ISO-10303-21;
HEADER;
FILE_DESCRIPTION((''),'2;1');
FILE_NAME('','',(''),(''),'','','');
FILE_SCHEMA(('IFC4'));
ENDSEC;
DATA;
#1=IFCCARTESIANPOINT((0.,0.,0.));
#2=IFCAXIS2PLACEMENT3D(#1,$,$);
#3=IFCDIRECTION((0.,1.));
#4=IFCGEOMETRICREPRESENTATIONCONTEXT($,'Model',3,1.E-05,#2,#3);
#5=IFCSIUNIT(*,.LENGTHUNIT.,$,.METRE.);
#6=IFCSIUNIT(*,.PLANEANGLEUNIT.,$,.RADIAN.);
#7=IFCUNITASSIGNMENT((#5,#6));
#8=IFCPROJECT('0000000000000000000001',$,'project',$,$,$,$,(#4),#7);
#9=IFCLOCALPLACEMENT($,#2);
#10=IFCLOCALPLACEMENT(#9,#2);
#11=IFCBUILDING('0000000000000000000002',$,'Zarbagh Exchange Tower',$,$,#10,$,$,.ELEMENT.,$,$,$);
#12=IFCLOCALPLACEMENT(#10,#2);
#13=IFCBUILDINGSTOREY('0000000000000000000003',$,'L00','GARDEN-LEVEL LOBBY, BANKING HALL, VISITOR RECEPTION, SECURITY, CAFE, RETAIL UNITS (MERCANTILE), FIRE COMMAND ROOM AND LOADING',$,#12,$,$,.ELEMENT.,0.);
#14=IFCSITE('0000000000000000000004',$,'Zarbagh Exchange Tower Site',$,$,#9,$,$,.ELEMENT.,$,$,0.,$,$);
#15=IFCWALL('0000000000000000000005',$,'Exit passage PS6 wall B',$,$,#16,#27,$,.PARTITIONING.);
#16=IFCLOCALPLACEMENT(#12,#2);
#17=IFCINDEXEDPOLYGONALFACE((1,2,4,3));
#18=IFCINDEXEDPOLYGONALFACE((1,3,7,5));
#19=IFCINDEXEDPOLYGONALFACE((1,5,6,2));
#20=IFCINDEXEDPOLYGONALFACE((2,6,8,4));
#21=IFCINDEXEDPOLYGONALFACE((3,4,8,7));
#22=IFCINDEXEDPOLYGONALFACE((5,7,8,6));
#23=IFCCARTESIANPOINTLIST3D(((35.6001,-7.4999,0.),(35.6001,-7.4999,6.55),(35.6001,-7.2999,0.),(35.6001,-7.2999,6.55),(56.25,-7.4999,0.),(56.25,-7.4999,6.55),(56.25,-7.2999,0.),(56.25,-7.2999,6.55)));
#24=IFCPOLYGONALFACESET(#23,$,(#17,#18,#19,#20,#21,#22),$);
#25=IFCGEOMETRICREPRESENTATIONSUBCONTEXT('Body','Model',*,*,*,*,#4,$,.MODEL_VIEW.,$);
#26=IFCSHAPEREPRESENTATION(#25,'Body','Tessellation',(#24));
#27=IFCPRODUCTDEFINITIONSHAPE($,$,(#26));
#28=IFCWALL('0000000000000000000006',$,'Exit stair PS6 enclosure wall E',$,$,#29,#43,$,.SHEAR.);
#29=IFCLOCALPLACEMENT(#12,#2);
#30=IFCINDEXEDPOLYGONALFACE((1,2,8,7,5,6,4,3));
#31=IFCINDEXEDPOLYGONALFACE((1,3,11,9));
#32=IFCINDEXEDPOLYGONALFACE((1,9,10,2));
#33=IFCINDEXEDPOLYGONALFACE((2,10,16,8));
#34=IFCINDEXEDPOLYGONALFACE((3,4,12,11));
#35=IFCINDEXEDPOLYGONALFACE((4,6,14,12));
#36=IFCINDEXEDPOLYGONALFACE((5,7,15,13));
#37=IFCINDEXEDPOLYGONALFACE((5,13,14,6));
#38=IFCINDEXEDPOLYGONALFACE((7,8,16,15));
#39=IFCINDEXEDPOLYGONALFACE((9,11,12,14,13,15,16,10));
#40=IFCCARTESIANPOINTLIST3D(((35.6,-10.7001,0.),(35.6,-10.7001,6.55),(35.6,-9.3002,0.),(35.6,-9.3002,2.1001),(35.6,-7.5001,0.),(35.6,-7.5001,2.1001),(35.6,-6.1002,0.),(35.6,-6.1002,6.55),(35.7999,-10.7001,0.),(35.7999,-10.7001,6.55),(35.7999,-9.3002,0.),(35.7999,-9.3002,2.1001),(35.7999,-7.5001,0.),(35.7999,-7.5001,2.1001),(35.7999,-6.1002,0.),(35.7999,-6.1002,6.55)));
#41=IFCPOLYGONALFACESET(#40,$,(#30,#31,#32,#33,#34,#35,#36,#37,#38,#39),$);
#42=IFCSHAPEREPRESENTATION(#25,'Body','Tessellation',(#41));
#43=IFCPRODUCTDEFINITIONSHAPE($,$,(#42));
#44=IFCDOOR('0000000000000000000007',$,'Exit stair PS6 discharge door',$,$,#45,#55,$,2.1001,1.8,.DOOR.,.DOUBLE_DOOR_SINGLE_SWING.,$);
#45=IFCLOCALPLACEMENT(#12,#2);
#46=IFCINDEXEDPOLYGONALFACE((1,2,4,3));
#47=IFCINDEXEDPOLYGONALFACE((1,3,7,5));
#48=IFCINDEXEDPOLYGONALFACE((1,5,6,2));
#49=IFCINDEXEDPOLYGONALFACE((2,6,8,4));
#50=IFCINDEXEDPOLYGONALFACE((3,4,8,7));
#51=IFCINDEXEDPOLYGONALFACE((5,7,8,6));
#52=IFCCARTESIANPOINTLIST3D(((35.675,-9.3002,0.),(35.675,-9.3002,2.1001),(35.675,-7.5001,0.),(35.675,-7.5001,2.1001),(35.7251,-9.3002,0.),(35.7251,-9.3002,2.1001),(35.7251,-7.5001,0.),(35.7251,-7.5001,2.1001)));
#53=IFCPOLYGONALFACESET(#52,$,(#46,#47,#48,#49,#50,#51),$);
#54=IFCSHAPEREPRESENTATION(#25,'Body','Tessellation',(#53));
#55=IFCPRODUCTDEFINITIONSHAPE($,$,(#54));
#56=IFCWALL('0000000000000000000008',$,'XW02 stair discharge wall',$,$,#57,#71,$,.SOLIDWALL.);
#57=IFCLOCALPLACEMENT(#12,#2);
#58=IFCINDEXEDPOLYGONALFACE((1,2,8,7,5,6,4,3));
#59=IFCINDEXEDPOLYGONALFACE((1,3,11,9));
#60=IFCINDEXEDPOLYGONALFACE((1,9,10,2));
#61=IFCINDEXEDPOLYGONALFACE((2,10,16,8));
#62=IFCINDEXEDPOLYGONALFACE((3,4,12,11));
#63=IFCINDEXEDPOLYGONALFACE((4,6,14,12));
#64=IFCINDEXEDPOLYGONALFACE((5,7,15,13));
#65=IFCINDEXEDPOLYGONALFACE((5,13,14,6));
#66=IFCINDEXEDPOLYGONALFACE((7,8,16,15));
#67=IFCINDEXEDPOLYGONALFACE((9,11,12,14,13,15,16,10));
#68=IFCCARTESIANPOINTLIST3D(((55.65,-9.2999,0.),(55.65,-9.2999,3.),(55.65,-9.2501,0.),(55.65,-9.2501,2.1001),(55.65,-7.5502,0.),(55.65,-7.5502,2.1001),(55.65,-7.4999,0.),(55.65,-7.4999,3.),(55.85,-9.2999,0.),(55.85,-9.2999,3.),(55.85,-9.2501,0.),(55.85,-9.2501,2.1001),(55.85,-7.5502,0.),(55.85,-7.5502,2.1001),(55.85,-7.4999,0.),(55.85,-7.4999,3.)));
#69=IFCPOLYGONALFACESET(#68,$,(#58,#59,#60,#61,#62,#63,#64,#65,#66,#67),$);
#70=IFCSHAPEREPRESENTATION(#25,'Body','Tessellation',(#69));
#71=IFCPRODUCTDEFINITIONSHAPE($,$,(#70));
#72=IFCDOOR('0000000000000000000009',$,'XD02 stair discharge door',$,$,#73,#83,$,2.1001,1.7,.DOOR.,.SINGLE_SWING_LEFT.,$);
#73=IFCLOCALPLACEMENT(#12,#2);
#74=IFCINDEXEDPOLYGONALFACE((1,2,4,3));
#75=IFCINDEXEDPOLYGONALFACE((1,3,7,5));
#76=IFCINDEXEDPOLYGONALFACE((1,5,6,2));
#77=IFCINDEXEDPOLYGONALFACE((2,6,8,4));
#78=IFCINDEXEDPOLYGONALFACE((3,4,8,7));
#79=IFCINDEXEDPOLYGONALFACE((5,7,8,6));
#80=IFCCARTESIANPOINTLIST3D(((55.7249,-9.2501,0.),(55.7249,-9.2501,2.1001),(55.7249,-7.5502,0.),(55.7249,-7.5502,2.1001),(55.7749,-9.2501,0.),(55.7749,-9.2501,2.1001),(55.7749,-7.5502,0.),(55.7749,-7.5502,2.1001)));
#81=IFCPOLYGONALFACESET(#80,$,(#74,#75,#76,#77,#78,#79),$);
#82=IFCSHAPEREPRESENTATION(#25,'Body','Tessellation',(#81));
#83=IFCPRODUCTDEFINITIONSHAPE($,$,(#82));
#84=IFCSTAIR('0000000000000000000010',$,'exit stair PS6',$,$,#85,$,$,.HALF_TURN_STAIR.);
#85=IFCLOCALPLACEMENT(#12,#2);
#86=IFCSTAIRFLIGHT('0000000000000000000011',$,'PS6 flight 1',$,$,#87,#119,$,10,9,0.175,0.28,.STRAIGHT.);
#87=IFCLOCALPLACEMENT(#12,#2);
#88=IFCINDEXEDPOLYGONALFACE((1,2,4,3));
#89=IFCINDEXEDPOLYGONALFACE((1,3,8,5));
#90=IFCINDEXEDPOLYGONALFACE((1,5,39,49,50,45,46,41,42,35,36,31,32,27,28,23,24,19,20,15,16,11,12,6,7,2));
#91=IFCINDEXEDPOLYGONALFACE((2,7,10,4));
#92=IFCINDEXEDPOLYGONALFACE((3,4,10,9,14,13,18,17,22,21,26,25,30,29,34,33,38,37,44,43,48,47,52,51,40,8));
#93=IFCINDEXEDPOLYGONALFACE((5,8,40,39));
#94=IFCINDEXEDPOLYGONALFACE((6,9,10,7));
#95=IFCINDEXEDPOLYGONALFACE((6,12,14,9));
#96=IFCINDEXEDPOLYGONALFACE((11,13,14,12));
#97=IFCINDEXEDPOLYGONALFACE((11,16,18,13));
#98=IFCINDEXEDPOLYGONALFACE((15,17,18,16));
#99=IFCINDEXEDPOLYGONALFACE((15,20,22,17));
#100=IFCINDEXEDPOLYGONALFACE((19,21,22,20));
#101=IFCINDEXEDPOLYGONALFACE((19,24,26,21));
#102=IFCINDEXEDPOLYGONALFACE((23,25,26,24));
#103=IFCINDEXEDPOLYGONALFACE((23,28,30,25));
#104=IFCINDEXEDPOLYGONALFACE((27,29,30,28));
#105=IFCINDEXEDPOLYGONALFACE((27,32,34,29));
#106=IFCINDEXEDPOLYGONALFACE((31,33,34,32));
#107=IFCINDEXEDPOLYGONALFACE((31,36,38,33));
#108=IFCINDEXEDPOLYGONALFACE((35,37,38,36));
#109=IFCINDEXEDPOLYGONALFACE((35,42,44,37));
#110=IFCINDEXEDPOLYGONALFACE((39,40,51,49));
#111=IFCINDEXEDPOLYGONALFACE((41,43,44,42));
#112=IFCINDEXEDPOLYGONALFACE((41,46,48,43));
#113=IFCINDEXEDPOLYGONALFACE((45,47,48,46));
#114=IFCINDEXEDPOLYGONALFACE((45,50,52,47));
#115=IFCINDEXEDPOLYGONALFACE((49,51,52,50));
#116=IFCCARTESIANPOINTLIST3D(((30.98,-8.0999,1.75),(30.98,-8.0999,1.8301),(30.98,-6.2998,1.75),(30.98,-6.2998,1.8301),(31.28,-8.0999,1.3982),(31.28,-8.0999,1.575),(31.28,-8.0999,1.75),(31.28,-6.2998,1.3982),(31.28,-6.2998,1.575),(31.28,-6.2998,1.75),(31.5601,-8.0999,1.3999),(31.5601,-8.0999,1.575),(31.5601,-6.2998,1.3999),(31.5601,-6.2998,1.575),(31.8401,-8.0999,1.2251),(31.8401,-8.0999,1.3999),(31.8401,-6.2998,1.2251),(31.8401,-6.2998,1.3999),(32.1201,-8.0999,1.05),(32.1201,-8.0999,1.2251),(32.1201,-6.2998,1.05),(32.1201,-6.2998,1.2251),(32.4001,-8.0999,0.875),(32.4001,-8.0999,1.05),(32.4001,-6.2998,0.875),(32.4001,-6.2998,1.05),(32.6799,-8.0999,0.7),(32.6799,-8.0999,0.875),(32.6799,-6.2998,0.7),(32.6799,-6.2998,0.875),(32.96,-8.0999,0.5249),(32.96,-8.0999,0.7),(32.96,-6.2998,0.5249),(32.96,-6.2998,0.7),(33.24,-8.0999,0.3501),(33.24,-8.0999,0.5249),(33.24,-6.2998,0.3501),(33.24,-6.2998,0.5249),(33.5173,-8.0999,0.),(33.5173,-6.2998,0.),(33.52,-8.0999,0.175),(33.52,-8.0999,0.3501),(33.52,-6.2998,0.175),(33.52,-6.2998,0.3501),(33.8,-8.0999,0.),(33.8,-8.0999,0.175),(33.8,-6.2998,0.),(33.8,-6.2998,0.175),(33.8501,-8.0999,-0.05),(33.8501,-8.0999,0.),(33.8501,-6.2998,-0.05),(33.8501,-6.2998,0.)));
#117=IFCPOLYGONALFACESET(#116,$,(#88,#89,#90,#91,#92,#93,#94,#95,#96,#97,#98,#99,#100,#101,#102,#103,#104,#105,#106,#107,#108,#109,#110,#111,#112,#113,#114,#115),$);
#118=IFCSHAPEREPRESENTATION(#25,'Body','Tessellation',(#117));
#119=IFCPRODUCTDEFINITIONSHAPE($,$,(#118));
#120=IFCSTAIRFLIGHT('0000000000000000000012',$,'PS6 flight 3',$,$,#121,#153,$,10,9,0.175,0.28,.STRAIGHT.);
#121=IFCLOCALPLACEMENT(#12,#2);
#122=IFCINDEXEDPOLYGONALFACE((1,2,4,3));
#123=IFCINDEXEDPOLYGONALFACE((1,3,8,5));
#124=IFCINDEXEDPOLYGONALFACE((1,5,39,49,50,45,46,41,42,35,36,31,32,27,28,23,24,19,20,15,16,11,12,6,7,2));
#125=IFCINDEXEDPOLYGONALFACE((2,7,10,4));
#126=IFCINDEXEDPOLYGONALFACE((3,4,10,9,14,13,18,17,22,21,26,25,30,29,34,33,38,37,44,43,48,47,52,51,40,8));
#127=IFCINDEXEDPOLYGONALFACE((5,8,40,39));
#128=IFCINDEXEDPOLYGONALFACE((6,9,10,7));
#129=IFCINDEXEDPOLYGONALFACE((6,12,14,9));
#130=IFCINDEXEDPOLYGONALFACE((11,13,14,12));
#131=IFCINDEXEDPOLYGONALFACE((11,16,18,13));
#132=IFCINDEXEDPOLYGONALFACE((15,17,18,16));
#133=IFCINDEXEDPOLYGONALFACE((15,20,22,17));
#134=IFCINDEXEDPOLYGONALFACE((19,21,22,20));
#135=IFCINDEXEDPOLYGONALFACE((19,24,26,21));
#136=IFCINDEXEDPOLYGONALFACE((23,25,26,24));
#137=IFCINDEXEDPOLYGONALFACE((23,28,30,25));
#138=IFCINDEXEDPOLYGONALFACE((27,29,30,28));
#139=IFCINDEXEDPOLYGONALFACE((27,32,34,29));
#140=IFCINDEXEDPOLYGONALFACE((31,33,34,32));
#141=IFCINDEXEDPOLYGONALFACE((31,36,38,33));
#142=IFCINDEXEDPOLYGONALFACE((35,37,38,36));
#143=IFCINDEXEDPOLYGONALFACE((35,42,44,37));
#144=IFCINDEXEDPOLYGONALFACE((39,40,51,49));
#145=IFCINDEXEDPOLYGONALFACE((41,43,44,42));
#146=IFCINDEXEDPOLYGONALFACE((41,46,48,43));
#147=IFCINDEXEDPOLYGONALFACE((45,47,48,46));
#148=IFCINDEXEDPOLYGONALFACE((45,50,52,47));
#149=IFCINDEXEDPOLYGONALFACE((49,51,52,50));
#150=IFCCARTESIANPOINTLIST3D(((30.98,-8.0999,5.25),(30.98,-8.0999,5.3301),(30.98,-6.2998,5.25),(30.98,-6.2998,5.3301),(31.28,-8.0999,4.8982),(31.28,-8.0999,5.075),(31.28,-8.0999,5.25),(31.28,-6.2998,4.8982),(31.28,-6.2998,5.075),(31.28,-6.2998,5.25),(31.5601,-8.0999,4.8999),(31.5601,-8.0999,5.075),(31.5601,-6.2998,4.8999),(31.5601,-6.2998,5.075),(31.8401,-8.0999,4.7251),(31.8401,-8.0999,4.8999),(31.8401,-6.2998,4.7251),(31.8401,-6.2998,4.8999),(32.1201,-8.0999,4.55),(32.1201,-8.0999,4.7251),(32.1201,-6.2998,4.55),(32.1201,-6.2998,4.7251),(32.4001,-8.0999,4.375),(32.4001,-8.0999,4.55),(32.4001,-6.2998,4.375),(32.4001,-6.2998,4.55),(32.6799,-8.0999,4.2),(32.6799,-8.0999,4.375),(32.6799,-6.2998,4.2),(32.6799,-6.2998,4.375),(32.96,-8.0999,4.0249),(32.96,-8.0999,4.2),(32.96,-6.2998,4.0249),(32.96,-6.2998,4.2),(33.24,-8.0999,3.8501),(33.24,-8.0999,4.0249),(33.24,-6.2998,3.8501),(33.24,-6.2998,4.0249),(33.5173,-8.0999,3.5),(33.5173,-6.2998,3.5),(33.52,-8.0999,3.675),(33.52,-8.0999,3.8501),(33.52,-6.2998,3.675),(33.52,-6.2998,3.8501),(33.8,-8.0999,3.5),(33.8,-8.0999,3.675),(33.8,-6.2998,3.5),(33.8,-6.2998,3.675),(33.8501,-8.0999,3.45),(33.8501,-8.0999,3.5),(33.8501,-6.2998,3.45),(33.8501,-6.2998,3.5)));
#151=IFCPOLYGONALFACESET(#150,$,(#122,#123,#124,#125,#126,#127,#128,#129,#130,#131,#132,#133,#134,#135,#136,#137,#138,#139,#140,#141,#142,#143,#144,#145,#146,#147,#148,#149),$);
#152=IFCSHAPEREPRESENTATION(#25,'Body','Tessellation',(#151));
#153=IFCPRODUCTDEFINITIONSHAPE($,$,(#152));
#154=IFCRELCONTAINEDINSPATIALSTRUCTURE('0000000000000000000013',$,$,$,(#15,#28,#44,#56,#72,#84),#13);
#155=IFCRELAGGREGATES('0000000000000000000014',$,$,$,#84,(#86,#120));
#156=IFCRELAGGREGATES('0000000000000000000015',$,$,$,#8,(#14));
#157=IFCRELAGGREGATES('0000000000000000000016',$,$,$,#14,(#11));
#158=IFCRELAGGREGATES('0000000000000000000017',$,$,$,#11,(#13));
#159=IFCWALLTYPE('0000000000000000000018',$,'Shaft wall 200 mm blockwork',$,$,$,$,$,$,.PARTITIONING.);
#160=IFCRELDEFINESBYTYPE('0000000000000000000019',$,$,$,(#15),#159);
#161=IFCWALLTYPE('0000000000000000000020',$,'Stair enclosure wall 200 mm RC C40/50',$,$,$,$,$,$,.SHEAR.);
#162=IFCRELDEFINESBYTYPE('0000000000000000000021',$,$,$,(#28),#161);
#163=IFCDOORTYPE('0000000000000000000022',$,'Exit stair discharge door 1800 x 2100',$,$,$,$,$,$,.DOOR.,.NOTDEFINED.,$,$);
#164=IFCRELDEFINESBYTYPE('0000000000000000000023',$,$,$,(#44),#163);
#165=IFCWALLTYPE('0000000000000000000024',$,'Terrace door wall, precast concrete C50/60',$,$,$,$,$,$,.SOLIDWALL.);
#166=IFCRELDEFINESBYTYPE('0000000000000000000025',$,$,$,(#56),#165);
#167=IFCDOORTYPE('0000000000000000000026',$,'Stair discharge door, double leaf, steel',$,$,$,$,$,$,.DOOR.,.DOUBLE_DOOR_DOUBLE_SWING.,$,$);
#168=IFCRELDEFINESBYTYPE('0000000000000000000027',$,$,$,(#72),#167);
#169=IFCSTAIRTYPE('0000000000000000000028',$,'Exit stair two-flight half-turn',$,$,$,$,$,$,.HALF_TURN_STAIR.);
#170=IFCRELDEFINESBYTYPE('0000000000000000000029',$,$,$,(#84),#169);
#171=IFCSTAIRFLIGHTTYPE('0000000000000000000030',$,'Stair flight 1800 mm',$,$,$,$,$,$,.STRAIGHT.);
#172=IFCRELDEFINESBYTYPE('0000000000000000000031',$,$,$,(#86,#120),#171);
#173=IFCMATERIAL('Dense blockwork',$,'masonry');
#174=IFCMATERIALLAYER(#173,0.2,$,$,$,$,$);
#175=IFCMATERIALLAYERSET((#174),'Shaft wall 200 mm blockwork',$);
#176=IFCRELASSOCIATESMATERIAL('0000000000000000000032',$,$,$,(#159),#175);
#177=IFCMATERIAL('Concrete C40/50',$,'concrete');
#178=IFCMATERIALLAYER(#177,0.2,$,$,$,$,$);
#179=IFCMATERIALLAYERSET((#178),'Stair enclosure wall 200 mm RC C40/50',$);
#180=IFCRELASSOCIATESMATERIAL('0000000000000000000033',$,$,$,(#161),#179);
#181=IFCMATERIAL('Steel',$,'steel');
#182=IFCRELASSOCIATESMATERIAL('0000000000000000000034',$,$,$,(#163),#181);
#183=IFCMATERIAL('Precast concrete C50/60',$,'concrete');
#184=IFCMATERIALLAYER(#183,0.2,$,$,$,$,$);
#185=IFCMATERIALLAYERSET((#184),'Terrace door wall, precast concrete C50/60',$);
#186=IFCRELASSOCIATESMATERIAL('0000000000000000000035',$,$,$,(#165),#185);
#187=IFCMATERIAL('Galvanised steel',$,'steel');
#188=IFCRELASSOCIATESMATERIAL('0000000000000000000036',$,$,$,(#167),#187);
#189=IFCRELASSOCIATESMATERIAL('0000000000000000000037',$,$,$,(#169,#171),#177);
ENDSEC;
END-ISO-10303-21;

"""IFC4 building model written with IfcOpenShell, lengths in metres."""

from ifc_helpers import new_model, si_unit, direction, frame, frame_2d, origin, place, context, subcontext, project, spatial, polyline, rectangle, outline, extrude, material, layer, layer_set, type_object, element, fill, aggregate, save


model = new_model("IFC4")

# Units and contexts
model_context = context("Model", 3, precision=1e-05, world=origin(), true_north=direction((0.0, 1.0)))
body_context = subcontext(model_context, "Body", "Model", "MODEL_VIEW")
ifc_project = project(units=[si_unit("LENGTHUNIT", "METRE"), si_unit("PLANEANGLEUNIT", "RADIAN")], contexts=[model_context])

# Site, building, storey
site_placement = place(None, origin())
site = spatial("IfcSite", under=ifc_project, at=site_placement, Name="Zarbagh Exchange Tower Site", CompositionType="ELEMENT", RefElevation=0.0)
building_placement = place(site_placement, origin())
building = spatial("IfcBuilding", under=site, at=building_placement, Name="Zarbagh Exchange Tower", CompositionType="ELEMENT")
storey_placement = place(building_placement, origin())
storey = spatial("IfcBuildingStorey", under=building, at=storey_placement, Name="L00", Description="GARDEN-LEVEL LOBBY, BANKING HALL, VISITOR RECEPTION, SECURITY, CAFE, RETAIL UNITS (MERCANTILE), FIRE COMMAND ROOM AND LOADING", CompositionType="ELEMENT", Elevation=0.0)

# Shared definitions
ifc_material_1 = material(Name="Dense blockwork", Category="masonry")
ifc_layer_1 = layer(ifc_material_1, 0.2)
ifc_layer_set_1 = layer_set([ifc_layer_1], Name="Shaft wall 200 mm blockwork")
wall_type_1 = type_object("IfcWallType", Name="Shaft wall 200 mm blockwork", PredefinedType="PARTITIONING", material=ifc_layer_set_1)
ifc_material_2 = material(Name="Steel", Category="steel")

# Wall
for number, where, z_axis, x_axis, name in (
    (1, (35.6001, -7.3999, 0.0), (0.0, 0.0, 1.0), (1.0, 0.0, 0.0), "Exit passage PS6 wall B"),
):
    element("IfcWall", number, at=place(storey_placement, frame(where, z_axis=z_axis, x_axis=x_axis)), inside=storey, type_object=wall_type_1, Name=name, PredefinedType="PARTITIONING", context=body_context, shape_type="SweptSolid", body=[
        extrude(rectangle(XDim=20.6499, YDim=0.2, at=frame_2d((10.325, 0.0))), origin(), (0.0, 0.0, 1.0), 6.55),
    ])

# Walls, openings, doors
ifc_material_3 = material(Name="Concrete C40/50", Category="concrete")
ifc_layer_2 = layer(ifc_material_3, 0.2)
ifc_layer_set_2 = layer_set([ifc_layer_2], Name="Stair enclosure wall 200 mm RC C40/50")
wall_type_2 = type_object("IfcWallType", Name="Stair enclosure wall 200 mm RC C40/50", PredefinedType="SHEAR", material=ifc_layer_set_2)
wall_1_placement = place(storey_placement, frame((35.7, -10.7, 0.0), z_axis=(0.0, 0.0, 1.0), x_axis=(0.0, 1.0, 0.0)))
wall_1 = element("IfcWall", 2, at=wall_1_placement, inside=storey, type_object=wall_type_2, Name="Exit stair PS6 enclosure wall E", PredefinedType="SHEAR", context=body_context, shape_type="SweptSolid", body=[
    extrude(rectangle(XDim=4.5999, YDim=0.2, at=frame_2d((2.2998, 0.0))), origin(), (0.0, 0.0, 1.0), 6.55),
])
opening_1_placement = place(wall_1_placement, frame((1.3999, 0.0, 0.0)))
opening_1 = element("IfcOpeningElement", 3, at=opening_1_placement, cuts=wall_1, PredefinedType="OPENING", context=body_context, shape_type="SweptSolid", body=[
    extrude(rectangle(XDim=1.8, YDim=2.1001, at=frame_2d((0.8999, 1.05))), frame((0.0, 0.1099, 0.0), z_axis=(0.0, -1.0, 0.0), x_axis=(1.0, 0.0, 0.0)), (0.0, 0.0, 1.0), 0.22),
])
door_type_1 = type_object("IfcDoorType", Name="Exit stair discharge door 1800 x 2100", OperationType="NOTDEFINED", PredefinedType="DOOR", material=ifc_material_2)
door_1_placement = place(opening_1_placement, origin())
door_1 = element("IfcDoor", 4, at=door_1_placement, inside=storey, type_object=door_type_1, Name="Exit stair PS6 discharge door", OperationType="DOUBLE_DOOR_SINGLE_SWING", OverallHeight=2.1001, OverallWidth=1.8, PredefinedType="DOOR", context=body_context, shape_type="SweptSolid", body=[
    extrude(rectangle(XDim=1.8, YDim=2.1001, at=frame_2d((0.8999, 1.05))), frame((0.0, 0.0249, 0.0), z_axis=(0.0, -1.0, 0.0), x_axis=(1.0, 0.0, 0.0)), (0.0, 0.0, 1.0), 0.05),
])
fill(opening_1, door_1)
ifc_material_4 = material(Name="Precast concrete C50/60", Category="concrete")
ifc_layer_3 = layer(ifc_material_4, 0.2)
ifc_layer_set_3 = layer_set([ifc_layer_3], Name="Terrace door wall, precast concrete C50/60")
wall_type_3 = type_object("IfcWallType", Name="Terrace door wall, precast concrete C50/60", PredefinedType="SOLIDWALL", material=ifc_layer_set_3)
wall_2_placement = place(storey_placement, frame((55.75, -7.5, 0.0), z_axis=(0.0, 0.0, 1.0), x_axis=(0.0, -1.0, 0.0)))
wall_2 = element("IfcWall", 5, at=wall_2_placement, inside=storey, type_object=wall_type_3, Name="XW02 stair discharge wall", PredefinedType="SOLIDWALL", context=body_context, shape_type="SweptSolid", body=[
    extrude(rectangle(XDim=1.8, YDim=0.2, at=frame_2d((0.8999, 0.0))), origin(), (0.0, 0.0, 1.0), 3.0),
])
opening_2_placement = place(wall_2_placement, frame((0.05, 0.0, 0.0)))
opening_2 = element("IfcOpeningElement", 6, at=opening_2_placement, cuts=wall_2, PredefinedType="OPENING", context=body_context, shape_type="SweptSolid", body=[
    extrude(rectangle(XDim=1.7, YDim=2.1001, at=frame_2d((0.8501, 1.05))), frame((0.0, 0.1099, 0.0), z_axis=(0.0, -1.0, 0.0), x_axis=(1.0, 0.0, 0.0)), (0.0, 0.0, 1.0), 0.22),
])
ifc_material_5 = material(Name="Galvanised steel", Category="steel")
door_type_2 = type_object("IfcDoorType", Name="Stair discharge door, double leaf, steel", OperationType="DOUBLE_DOOR_DOUBLE_SWING", PredefinedType="DOOR", material=ifc_material_5)
door_2_placement = place(opening_2_placement, origin())
door_2 = element("IfcDoor", 7, at=door_2_placement, inside=storey, type_object=door_type_2, Name="XD02 stair discharge door", OperationType="SINGLE_SWING_LEFT", OverallHeight=2.1001, OverallWidth=1.7, PredefinedType="DOOR", context=body_context, shape_type="SweptSolid", body=[
    extrude(rectangle(XDim=1.7, YDim=2.1001, at=frame_2d((0.8501, 1.05))), frame((0.0, 0.0249, 0.0), z_axis=(0.0, -1.0, 0.0), x_axis=(1.0, 0.0, 0.0)), (0.0, 0.0, 1.0), 0.05),
])
fill(opening_2, door_2)

# Stair, stair flights
stair_type = type_object("IfcStairType", Name="Exit stair two-flight half-turn", PredefinedType="HALF_TURN_STAIR", material=ifc_material_3)
stair_placement = place(storey_placement, origin())
stair = element("IfcStair", 8, at=stair_placement, inside=storey, type_object=stair_type, Name="exit stair PS6", PredefinedType="HALF_TURN_STAIR")
stair_flight_type = type_object("IfcStairFlightType", Name="Stair flight 1800 mm", PredefinedType="STRAIGHT", material=ifc_material_3)
stair_flight_1_placement = place(storey_placement, frame((33.8, -7.2, 0.0), z_axis=(0.0, 0.0, 1.0), x_axis=(-1.0, 0.0, 0.0)))
stair_flight_1 = element("IfcStairFlight", 9, at=stair_flight_1_placement, type_object=stair_flight_type, Name="PS6 flight 1", NumberOfRisers=10, NumberOfTreads=9, PredefinedType="STRAIGHT", RiserHeight=0.175, TreadLength=0.28, context=body_context, shape_type="SweptSolid", body=[
    extrude(outline(polyline([(-0.05, -0.05), (-0.05, 0.0), (0.0, 0.0), (0.0, 0.175), (0.28, 0.175), (0.28, 0.3501), (0.5601, 0.3501), (0.5601, 0.5249), (0.8401, 0.5249), (0.8401, 0.7), (1.1201, 0.7), (1.1201, 0.875), (1.3999, 0.875), (1.3999, 1.05), (1.6799, 1.05), (1.6799, 1.2251), (1.96, 1.2251), (1.96, 1.3999), (2.24, 1.3999), (2.24, 1.575), (2.52, 1.575), (2.52, 1.75), (2.8201, 1.8301), (2.8201, 1.75), (2.52, 1.3982), (0.2827, 0.0), (-0.05, -0.05)])), frame((0.0, 0.8999, 0.0), z_axis=(0.0, -1.0, 0.0), x_axis=(1.0, 0.0, 0.0)), (0.0, 0.0, 1.0), 1.8),
])
stair_flight_2_placement = place(storey_placement, frame((33.8, -7.2, 3.5), z_axis=(0.0, 0.0, 1.0), x_axis=(-1.0, 0.0, 0.0)))
stair_flight_2 = element("IfcStairFlight", 10, at=stair_flight_2_placement, type_object=stair_flight_type, Name="PS6 flight 3", NumberOfRisers=10, NumberOfTreads=9, PredefinedType="STRAIGHT", RiserHeight=0.175, TreadLength=0.28, context=body_context, shape_type="SweptSolid", body=[
    extrude(outline(polyline([(-0.05, -0.05), (-0.05, 0.0), (0.0, 0.0), (0.0, 0.175), (0.28, 0.175), (0.28, 0.3501), (0.5601, 0.3501), (0.5601, 0.5249), (0.8401, 0.5249), (0.8401, 0.7), (1.1201, 0.7), (1.1201, 0.875), (1.3999, 0.875), (1.3999, 1.05), (1.6799, 1.05), (1.6799, 1.2251), (1.96, 1.2251), (1.96, 1.3999), (2.24, 1.3999), (2.24, 1.575), (2.52, 1.575), (2.52, 1.75), (2.8201, 1.8301), (2.8201, 1.75), (2.52, 1.3982), (0.2827, 0.0), (-0.05, -0.05)])), frame((0.0, 0.8999, 0.0), z_axis=(0.0, -1.0, 0.0), x_axis=(1.0, 0.0, 0.0)), (0.0, 0.0, 1.0), 1.8),
])
aggregate(stair, [stair_flight_1, stair_flight_2])

save(model, "model.ifc")
